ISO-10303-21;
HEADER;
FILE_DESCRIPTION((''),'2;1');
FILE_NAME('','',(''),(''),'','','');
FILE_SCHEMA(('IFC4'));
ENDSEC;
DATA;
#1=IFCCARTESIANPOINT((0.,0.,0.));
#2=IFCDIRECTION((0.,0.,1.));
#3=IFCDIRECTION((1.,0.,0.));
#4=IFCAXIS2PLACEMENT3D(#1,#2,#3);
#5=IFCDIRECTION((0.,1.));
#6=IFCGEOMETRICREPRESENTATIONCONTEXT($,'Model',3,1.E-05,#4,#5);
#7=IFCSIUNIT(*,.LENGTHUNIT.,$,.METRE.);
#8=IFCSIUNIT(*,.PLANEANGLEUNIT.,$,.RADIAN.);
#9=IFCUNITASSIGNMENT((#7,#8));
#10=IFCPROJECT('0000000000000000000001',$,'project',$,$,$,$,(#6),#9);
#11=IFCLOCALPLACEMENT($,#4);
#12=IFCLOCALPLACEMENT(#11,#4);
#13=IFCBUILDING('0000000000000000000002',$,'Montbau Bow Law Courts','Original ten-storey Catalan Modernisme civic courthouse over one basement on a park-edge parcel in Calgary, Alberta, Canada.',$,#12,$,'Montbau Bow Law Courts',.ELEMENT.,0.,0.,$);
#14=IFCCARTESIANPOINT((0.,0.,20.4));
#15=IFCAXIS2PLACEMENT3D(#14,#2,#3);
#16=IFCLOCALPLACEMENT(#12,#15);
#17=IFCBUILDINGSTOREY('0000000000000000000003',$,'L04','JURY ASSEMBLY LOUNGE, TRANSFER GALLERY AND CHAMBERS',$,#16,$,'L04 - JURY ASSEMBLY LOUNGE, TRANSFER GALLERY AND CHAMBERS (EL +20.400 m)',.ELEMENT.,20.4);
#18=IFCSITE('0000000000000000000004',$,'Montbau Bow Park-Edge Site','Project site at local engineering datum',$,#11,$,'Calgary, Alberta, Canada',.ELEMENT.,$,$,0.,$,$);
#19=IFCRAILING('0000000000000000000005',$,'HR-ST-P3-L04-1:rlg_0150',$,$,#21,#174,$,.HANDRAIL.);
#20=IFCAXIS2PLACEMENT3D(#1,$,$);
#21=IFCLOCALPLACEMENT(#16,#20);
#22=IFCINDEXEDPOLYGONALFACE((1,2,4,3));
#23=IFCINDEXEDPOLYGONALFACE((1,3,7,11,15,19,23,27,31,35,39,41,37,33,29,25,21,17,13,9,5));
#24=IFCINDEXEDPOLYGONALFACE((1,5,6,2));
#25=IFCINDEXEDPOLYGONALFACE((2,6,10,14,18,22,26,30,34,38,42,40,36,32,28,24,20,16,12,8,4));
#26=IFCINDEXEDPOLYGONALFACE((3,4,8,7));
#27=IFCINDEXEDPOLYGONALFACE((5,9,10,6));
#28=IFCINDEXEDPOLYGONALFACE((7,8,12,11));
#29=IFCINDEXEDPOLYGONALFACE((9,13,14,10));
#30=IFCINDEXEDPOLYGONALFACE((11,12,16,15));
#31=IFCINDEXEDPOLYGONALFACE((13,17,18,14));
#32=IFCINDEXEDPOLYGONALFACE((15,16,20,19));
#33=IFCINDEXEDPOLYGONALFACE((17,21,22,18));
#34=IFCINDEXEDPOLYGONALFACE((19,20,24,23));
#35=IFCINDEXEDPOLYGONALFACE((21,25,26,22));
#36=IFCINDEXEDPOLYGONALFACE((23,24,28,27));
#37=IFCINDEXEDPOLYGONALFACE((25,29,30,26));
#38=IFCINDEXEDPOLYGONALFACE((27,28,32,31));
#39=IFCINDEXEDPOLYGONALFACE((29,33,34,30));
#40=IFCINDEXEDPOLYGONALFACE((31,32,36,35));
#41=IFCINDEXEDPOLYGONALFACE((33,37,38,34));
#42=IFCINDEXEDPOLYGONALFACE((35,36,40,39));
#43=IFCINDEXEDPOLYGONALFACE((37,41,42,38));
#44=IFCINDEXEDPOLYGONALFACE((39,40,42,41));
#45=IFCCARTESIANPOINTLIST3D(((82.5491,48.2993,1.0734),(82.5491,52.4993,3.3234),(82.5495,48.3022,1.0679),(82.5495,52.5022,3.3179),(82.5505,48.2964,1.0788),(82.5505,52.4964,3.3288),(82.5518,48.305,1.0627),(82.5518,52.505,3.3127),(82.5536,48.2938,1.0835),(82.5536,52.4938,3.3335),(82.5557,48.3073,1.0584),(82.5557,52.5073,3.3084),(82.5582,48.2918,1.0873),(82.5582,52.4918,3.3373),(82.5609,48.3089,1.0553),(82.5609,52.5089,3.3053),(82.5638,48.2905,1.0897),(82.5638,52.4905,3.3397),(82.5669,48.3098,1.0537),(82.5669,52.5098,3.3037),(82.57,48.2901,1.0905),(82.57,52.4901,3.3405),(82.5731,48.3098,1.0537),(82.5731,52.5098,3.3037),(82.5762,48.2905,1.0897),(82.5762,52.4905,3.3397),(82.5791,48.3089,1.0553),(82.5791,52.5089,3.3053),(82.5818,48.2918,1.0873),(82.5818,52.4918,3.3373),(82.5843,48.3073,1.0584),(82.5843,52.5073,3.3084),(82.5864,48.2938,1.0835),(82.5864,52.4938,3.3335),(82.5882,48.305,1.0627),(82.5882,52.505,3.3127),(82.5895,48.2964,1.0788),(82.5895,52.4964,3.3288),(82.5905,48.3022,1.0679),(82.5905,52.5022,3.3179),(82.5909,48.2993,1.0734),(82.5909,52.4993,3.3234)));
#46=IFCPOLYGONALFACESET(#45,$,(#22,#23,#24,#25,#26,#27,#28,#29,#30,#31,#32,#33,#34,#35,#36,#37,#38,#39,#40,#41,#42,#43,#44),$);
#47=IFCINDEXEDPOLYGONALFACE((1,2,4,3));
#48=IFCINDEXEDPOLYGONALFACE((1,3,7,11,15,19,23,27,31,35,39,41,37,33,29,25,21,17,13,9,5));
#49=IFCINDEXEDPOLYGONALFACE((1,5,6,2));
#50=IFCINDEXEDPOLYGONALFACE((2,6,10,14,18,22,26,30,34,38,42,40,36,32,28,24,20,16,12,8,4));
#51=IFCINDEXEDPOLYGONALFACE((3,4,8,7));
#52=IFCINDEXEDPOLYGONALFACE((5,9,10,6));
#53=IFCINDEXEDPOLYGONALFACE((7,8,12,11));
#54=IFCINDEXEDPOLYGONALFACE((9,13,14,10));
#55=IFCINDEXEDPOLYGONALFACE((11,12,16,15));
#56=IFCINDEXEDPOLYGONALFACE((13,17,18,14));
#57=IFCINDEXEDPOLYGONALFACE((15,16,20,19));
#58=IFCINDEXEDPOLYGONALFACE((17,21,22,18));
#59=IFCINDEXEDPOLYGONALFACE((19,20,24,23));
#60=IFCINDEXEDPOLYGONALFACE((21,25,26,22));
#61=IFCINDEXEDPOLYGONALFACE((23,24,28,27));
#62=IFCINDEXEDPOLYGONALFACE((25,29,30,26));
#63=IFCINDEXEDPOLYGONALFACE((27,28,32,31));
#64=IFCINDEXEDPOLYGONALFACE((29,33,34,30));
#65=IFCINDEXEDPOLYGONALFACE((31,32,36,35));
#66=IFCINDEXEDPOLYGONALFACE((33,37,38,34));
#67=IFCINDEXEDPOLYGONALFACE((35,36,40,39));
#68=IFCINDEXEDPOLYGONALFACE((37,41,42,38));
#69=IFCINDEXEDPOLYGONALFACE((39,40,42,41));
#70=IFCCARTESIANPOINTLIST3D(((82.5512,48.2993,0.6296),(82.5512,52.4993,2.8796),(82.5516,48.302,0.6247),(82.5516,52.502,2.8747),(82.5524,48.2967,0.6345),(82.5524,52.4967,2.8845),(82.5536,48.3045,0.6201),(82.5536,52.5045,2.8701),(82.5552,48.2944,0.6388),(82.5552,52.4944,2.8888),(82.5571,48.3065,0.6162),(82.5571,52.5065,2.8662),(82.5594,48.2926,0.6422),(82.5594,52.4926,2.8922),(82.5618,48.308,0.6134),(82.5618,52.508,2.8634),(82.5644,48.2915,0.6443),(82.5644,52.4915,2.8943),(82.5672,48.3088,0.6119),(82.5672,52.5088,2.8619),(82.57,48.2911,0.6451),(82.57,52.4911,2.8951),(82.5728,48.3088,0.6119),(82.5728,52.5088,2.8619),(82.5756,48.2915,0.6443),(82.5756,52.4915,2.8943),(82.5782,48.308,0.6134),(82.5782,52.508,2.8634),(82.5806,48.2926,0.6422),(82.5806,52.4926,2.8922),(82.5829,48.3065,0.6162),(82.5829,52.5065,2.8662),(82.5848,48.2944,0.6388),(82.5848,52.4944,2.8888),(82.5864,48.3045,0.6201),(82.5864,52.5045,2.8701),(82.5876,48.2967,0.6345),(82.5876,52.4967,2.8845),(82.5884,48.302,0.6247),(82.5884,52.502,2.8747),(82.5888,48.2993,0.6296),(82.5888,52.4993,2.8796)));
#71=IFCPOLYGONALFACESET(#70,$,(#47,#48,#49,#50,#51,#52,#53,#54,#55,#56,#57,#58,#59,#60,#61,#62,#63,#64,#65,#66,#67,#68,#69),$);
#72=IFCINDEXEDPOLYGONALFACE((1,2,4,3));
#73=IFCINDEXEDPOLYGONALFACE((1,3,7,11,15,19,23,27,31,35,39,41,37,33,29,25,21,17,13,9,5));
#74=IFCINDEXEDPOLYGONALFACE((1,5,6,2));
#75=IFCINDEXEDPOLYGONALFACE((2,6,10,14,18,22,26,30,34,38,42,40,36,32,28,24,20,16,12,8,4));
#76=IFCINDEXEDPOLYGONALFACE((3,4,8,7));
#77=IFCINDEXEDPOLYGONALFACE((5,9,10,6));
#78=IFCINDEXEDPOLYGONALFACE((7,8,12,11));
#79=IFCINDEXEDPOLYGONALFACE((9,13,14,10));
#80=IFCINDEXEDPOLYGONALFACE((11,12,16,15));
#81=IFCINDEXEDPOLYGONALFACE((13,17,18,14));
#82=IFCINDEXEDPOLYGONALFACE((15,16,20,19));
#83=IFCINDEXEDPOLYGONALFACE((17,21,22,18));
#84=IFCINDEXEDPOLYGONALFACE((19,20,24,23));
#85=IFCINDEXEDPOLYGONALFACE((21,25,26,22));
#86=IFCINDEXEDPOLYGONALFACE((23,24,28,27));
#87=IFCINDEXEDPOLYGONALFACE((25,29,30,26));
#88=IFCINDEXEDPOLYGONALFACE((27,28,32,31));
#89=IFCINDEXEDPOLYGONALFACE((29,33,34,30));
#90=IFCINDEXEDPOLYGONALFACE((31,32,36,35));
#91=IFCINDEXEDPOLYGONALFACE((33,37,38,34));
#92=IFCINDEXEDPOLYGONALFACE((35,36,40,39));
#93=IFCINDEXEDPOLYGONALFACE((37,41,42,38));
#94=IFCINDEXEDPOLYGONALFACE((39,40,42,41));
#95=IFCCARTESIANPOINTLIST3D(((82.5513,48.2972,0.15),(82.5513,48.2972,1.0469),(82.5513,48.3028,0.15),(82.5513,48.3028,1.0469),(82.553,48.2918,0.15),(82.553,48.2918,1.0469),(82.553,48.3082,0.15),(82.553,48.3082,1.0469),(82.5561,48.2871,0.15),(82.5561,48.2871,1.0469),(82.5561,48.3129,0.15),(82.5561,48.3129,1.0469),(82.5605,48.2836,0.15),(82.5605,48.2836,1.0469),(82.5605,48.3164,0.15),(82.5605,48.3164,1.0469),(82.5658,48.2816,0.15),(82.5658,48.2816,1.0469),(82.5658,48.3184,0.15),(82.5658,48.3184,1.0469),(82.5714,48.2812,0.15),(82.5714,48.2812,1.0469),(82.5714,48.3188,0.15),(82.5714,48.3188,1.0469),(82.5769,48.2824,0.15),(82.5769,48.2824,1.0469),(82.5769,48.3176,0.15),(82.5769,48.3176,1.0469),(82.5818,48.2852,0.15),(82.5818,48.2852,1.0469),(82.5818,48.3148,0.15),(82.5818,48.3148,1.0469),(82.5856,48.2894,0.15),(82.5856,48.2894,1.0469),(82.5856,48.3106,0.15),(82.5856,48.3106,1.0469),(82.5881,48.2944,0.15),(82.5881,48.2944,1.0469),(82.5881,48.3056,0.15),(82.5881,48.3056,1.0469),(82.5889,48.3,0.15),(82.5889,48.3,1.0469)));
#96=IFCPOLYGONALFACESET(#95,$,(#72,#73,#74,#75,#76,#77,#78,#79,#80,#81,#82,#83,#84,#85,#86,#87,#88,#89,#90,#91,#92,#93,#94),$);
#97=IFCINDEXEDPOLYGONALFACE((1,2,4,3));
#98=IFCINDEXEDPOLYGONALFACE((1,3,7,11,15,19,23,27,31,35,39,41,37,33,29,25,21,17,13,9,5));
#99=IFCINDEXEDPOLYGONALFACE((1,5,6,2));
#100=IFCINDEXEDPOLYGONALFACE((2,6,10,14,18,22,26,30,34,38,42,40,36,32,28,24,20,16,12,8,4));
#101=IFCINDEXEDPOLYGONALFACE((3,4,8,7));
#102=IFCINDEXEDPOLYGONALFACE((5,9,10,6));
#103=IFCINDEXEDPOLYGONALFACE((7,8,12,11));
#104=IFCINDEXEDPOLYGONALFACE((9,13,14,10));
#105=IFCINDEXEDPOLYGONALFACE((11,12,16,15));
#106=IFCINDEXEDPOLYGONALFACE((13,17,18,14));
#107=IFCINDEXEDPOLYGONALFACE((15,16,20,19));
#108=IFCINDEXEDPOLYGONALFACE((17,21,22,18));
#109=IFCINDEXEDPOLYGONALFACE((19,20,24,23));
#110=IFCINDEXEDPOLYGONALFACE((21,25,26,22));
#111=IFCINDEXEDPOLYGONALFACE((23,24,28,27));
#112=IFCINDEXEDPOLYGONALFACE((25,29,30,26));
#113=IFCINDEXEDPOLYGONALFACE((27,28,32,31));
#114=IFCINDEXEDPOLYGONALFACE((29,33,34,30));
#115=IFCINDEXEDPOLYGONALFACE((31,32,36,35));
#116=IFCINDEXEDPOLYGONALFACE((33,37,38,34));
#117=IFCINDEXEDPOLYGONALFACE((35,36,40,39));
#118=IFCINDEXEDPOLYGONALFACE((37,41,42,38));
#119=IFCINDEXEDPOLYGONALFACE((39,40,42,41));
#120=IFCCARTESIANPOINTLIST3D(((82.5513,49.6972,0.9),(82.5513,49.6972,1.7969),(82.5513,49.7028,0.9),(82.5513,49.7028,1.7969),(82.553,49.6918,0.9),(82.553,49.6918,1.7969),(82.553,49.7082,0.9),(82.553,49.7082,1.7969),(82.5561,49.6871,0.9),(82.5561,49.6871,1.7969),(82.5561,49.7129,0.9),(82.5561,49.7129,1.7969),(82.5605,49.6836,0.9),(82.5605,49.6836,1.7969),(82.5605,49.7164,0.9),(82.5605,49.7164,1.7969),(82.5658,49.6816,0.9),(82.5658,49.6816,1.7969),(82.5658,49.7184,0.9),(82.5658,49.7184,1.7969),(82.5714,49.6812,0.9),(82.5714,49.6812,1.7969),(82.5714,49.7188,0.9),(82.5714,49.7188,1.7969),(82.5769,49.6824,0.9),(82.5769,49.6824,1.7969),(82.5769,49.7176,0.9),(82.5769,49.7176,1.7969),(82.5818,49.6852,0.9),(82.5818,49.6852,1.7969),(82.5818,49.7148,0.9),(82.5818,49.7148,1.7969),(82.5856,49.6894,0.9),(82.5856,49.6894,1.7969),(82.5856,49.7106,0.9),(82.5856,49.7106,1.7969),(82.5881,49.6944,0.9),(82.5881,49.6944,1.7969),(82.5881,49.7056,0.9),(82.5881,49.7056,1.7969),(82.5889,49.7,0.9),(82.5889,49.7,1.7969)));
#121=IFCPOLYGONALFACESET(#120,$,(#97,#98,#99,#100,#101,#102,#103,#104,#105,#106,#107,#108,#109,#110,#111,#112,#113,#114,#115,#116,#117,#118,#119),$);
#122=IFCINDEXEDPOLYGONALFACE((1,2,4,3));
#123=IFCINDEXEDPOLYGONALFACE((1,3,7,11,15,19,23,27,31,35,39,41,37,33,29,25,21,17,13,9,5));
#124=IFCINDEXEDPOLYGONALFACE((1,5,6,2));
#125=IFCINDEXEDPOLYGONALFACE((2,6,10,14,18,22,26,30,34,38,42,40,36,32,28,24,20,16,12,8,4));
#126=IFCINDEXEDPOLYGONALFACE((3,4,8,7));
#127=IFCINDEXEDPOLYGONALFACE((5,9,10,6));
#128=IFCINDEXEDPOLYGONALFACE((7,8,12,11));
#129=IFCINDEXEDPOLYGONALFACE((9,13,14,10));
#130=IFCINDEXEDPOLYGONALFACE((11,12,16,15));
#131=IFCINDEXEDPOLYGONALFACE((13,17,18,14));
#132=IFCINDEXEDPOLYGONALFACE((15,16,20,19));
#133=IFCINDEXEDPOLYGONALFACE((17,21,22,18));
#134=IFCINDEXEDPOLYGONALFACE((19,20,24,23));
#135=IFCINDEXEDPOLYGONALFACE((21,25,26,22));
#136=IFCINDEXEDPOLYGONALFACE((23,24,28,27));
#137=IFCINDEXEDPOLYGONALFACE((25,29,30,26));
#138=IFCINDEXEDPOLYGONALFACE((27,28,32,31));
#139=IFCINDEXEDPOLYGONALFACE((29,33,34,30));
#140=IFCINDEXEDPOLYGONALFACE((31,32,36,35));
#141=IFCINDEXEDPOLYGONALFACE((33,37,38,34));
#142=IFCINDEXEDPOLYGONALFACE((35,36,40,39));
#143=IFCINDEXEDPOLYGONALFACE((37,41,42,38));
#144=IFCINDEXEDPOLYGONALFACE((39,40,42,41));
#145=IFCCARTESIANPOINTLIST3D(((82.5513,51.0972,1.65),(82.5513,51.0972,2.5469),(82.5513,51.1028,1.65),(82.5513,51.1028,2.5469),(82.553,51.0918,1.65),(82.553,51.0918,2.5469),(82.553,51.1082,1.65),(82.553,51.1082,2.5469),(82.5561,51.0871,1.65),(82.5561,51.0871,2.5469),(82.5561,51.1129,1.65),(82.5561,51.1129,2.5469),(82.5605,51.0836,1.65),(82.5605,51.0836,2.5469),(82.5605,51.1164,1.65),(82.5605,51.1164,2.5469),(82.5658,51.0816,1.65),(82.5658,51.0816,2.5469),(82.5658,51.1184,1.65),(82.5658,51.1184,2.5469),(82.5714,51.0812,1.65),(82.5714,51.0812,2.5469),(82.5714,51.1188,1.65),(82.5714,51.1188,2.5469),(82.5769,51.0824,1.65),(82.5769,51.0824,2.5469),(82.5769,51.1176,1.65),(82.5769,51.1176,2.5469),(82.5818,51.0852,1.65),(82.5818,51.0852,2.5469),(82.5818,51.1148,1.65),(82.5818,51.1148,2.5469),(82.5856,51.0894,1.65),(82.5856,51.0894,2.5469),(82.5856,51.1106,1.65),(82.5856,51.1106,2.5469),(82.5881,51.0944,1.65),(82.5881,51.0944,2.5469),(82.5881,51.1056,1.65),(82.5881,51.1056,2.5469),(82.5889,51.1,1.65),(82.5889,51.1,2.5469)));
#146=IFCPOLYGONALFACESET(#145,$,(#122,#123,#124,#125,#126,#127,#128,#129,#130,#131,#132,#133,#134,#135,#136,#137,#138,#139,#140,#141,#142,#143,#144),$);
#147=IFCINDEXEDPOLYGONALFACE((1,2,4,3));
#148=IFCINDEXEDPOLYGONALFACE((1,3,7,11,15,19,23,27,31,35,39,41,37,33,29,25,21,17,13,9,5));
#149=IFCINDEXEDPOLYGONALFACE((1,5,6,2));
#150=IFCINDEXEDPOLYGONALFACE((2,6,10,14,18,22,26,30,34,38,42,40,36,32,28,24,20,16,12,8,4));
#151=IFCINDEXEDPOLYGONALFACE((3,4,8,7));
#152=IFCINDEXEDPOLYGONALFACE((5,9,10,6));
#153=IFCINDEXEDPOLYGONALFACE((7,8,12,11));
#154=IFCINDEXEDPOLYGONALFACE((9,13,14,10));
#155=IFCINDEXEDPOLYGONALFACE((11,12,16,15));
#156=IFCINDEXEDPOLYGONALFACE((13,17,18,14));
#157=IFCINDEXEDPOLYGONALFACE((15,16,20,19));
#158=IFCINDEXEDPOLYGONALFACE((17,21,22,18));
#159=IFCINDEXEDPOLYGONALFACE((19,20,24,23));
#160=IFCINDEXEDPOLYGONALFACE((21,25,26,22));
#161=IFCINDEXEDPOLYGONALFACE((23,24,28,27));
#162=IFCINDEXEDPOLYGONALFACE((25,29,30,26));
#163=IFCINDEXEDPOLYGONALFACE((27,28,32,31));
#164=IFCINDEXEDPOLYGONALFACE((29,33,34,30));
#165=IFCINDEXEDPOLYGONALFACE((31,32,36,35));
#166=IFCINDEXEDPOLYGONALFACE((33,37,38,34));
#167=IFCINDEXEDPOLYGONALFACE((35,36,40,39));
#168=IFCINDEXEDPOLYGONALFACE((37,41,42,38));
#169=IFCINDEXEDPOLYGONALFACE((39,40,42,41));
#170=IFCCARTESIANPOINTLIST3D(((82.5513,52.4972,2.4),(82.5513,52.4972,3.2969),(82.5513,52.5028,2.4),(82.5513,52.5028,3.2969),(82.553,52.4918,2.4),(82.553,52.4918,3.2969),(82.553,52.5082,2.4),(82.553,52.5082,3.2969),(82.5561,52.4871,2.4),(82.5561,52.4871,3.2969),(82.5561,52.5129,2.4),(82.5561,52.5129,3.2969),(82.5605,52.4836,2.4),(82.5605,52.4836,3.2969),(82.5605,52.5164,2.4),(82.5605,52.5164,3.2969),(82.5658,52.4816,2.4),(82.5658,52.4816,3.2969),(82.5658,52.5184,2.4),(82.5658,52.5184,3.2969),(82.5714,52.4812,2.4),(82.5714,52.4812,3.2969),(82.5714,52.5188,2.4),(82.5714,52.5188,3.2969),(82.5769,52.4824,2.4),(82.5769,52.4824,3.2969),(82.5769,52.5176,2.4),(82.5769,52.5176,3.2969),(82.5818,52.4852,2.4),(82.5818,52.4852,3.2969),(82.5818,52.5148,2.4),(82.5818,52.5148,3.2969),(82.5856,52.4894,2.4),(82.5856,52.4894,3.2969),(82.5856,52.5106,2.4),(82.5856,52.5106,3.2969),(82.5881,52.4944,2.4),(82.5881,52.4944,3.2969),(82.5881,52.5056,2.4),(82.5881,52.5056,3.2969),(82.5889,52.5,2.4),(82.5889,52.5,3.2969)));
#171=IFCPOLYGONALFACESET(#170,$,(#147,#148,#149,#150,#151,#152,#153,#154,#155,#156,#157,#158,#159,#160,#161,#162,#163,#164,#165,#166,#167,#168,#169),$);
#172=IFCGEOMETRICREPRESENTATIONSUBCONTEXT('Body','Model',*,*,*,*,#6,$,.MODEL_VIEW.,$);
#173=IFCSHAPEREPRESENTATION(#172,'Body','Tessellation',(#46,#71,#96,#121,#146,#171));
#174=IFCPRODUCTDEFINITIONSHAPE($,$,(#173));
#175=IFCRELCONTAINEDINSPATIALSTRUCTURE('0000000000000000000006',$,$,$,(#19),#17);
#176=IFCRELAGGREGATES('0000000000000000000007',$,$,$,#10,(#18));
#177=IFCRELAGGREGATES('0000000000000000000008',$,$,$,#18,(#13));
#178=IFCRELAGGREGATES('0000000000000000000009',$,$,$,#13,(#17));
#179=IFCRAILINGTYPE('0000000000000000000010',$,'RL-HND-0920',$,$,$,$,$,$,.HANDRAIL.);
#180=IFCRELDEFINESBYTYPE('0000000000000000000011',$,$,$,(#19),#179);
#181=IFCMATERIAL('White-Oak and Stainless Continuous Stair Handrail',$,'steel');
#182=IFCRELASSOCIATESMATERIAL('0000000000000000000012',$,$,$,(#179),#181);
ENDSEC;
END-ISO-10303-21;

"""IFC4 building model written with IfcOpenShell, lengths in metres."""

from ifc_helpers import new_model, si_unit, direction, frame, origin_with_axes, origin_2d_with_axis, place, context, subcontext, project, spatial, circle, extrude, material, type_object, element, save


model = new_model("IFC4")

# Units and contexts
model_context = context("Model", 3, precision=1e-05, world=origin_with_axes(), true_north=direction((0.0, 1.0)))
body_context = subcontext(model_context, "Body", "Model", "MODEL_VIEW")
ifc_project = project(units=[si_unit("LENGTHUNIT", "METRE"), si_unit("PLANEANGLEUNIT", "RADIAN")], contexts=[model_context])

# Site, building, storey
site_placement = place(None, origin_with_axes())
site = spatial("IfcSite", under=ifc_project, at=site_placement, Name="Montbau Bow Park-Edge Site", Description="Project site at local engineering datum", LongName="Calgary, Alberta, Canada", CompositionType="ELEMENT", RefElevation=0.0)
building_placement = place(site_placement, origin_with_axes())
building = spatial("IfcBuilding", under=site, at=building_placement, Name="Montbau Bow Law Courts", Description="Original ten-storey Catalan Modernisme civic courthouse over one basement on a park-edge parcel in Calgary, Alberta, Canada.", LongName="Montbau Bow Law Courts", CompositionType="ELEMENT", ElevationOfRefHeight=0.0, ElevationOfTerrain=0.0)
storey_placement = place(building_placement, frame((0.0, 0.0, 20.4), z_axis=(0.0, 0.0, 1.0), x_axis=(1.0, 0.0, 0.0)))
storey = spatial("IfcBuildingStorey", under=building, at=storey_placement, Name="L04", Description="JURY ASSEMBLY LOUNGE, TRANSFER GALLERY AND CHAMBERS", LongName="L04 - JURY ASSEMBLY LOUNGE, TRANSFER GALLERY AND CHAMBERS (EL +20.400 m)", CompositionType="ELEMENT", Elevation=20.4)

# Railing
ifc_material_1 = material(Name="White-Oak and Stainless Continuous Stair Handrail", Category="steel")
railing_type_1 = type_object("IfcRailingType", Name="RL-HND-0920", PredefinedType="HANDRAIL", material=ifc_material_1)
railing_1_placement = place(None, origin_with_axes())
element("IfcRailing", 1, at=railing_1_placement, inside=storey, type_object=railing_type_1, Name="HR-ST-P3-L04-1:rlg_0150", PredefinedType="HANDRAIL", context=body_context, shape_type="SweptSolid", body=[
    extrude(circle(Radius=0.021, at=origin_2d_with_axis()), frame((82.57, 48.3, 21.472), z_axis=(0.0, 0.88148, 0.472221), x_axis=(0.0, -0.472221, 0.88148)), (0.0, 0.0, 1.0), 4.7647),
    extrude(circle(Radius=0.0189, at=origin_2d_with_axis()), frame((82.57, 48.3, 21.0284), z_axis=(0.0, 0.88148, 0.472221), x_axis=(0.0, -0.472221, 0.88148)), (0.0, 0.0, 1.0), 4.7647),
    extrude(circle(Radius=0.0189, at=origin_2d_with_axis()), frame((82.57, 48.3, 20.55), z_axis=(0.0, 0.0, 1.0), x_axis=(1.0, 0.0, 0.0)), (0.0, 0.0, 1.0), 0.8969),
    extrude(circle(Radius=0.0189, at=origin_2d_with_axis()), frame((82.57, 49.7, 21.3), z_axis=(0.0, 0.0, 1.0), x_axis=(1.0, 0.0, 0.0)), (0.0, 0.0, 1.0), 0.8969),
    extrude(circle(Radius=0.0189, at=origin_2d_with_axis()), frame((82.57, 51.1, 22.05), z_axis=(0.0, 0.0, 1.0), x_axis=(1.0, 0.0, 0.0)), (0.0, 0.0, 1.0), 0.8969),
    extrude(circle(Radius=0.0189, at=origin_2d_with_axis()), frame((82.57, 52.5, 22.8), z_axis=(0.0, 0.0, 1.0), x_axis=(1.0, 0.0, 0.0)), (0.0, 0.0, 1.0), 0.8969),
])

save(model, "model.ifc")
